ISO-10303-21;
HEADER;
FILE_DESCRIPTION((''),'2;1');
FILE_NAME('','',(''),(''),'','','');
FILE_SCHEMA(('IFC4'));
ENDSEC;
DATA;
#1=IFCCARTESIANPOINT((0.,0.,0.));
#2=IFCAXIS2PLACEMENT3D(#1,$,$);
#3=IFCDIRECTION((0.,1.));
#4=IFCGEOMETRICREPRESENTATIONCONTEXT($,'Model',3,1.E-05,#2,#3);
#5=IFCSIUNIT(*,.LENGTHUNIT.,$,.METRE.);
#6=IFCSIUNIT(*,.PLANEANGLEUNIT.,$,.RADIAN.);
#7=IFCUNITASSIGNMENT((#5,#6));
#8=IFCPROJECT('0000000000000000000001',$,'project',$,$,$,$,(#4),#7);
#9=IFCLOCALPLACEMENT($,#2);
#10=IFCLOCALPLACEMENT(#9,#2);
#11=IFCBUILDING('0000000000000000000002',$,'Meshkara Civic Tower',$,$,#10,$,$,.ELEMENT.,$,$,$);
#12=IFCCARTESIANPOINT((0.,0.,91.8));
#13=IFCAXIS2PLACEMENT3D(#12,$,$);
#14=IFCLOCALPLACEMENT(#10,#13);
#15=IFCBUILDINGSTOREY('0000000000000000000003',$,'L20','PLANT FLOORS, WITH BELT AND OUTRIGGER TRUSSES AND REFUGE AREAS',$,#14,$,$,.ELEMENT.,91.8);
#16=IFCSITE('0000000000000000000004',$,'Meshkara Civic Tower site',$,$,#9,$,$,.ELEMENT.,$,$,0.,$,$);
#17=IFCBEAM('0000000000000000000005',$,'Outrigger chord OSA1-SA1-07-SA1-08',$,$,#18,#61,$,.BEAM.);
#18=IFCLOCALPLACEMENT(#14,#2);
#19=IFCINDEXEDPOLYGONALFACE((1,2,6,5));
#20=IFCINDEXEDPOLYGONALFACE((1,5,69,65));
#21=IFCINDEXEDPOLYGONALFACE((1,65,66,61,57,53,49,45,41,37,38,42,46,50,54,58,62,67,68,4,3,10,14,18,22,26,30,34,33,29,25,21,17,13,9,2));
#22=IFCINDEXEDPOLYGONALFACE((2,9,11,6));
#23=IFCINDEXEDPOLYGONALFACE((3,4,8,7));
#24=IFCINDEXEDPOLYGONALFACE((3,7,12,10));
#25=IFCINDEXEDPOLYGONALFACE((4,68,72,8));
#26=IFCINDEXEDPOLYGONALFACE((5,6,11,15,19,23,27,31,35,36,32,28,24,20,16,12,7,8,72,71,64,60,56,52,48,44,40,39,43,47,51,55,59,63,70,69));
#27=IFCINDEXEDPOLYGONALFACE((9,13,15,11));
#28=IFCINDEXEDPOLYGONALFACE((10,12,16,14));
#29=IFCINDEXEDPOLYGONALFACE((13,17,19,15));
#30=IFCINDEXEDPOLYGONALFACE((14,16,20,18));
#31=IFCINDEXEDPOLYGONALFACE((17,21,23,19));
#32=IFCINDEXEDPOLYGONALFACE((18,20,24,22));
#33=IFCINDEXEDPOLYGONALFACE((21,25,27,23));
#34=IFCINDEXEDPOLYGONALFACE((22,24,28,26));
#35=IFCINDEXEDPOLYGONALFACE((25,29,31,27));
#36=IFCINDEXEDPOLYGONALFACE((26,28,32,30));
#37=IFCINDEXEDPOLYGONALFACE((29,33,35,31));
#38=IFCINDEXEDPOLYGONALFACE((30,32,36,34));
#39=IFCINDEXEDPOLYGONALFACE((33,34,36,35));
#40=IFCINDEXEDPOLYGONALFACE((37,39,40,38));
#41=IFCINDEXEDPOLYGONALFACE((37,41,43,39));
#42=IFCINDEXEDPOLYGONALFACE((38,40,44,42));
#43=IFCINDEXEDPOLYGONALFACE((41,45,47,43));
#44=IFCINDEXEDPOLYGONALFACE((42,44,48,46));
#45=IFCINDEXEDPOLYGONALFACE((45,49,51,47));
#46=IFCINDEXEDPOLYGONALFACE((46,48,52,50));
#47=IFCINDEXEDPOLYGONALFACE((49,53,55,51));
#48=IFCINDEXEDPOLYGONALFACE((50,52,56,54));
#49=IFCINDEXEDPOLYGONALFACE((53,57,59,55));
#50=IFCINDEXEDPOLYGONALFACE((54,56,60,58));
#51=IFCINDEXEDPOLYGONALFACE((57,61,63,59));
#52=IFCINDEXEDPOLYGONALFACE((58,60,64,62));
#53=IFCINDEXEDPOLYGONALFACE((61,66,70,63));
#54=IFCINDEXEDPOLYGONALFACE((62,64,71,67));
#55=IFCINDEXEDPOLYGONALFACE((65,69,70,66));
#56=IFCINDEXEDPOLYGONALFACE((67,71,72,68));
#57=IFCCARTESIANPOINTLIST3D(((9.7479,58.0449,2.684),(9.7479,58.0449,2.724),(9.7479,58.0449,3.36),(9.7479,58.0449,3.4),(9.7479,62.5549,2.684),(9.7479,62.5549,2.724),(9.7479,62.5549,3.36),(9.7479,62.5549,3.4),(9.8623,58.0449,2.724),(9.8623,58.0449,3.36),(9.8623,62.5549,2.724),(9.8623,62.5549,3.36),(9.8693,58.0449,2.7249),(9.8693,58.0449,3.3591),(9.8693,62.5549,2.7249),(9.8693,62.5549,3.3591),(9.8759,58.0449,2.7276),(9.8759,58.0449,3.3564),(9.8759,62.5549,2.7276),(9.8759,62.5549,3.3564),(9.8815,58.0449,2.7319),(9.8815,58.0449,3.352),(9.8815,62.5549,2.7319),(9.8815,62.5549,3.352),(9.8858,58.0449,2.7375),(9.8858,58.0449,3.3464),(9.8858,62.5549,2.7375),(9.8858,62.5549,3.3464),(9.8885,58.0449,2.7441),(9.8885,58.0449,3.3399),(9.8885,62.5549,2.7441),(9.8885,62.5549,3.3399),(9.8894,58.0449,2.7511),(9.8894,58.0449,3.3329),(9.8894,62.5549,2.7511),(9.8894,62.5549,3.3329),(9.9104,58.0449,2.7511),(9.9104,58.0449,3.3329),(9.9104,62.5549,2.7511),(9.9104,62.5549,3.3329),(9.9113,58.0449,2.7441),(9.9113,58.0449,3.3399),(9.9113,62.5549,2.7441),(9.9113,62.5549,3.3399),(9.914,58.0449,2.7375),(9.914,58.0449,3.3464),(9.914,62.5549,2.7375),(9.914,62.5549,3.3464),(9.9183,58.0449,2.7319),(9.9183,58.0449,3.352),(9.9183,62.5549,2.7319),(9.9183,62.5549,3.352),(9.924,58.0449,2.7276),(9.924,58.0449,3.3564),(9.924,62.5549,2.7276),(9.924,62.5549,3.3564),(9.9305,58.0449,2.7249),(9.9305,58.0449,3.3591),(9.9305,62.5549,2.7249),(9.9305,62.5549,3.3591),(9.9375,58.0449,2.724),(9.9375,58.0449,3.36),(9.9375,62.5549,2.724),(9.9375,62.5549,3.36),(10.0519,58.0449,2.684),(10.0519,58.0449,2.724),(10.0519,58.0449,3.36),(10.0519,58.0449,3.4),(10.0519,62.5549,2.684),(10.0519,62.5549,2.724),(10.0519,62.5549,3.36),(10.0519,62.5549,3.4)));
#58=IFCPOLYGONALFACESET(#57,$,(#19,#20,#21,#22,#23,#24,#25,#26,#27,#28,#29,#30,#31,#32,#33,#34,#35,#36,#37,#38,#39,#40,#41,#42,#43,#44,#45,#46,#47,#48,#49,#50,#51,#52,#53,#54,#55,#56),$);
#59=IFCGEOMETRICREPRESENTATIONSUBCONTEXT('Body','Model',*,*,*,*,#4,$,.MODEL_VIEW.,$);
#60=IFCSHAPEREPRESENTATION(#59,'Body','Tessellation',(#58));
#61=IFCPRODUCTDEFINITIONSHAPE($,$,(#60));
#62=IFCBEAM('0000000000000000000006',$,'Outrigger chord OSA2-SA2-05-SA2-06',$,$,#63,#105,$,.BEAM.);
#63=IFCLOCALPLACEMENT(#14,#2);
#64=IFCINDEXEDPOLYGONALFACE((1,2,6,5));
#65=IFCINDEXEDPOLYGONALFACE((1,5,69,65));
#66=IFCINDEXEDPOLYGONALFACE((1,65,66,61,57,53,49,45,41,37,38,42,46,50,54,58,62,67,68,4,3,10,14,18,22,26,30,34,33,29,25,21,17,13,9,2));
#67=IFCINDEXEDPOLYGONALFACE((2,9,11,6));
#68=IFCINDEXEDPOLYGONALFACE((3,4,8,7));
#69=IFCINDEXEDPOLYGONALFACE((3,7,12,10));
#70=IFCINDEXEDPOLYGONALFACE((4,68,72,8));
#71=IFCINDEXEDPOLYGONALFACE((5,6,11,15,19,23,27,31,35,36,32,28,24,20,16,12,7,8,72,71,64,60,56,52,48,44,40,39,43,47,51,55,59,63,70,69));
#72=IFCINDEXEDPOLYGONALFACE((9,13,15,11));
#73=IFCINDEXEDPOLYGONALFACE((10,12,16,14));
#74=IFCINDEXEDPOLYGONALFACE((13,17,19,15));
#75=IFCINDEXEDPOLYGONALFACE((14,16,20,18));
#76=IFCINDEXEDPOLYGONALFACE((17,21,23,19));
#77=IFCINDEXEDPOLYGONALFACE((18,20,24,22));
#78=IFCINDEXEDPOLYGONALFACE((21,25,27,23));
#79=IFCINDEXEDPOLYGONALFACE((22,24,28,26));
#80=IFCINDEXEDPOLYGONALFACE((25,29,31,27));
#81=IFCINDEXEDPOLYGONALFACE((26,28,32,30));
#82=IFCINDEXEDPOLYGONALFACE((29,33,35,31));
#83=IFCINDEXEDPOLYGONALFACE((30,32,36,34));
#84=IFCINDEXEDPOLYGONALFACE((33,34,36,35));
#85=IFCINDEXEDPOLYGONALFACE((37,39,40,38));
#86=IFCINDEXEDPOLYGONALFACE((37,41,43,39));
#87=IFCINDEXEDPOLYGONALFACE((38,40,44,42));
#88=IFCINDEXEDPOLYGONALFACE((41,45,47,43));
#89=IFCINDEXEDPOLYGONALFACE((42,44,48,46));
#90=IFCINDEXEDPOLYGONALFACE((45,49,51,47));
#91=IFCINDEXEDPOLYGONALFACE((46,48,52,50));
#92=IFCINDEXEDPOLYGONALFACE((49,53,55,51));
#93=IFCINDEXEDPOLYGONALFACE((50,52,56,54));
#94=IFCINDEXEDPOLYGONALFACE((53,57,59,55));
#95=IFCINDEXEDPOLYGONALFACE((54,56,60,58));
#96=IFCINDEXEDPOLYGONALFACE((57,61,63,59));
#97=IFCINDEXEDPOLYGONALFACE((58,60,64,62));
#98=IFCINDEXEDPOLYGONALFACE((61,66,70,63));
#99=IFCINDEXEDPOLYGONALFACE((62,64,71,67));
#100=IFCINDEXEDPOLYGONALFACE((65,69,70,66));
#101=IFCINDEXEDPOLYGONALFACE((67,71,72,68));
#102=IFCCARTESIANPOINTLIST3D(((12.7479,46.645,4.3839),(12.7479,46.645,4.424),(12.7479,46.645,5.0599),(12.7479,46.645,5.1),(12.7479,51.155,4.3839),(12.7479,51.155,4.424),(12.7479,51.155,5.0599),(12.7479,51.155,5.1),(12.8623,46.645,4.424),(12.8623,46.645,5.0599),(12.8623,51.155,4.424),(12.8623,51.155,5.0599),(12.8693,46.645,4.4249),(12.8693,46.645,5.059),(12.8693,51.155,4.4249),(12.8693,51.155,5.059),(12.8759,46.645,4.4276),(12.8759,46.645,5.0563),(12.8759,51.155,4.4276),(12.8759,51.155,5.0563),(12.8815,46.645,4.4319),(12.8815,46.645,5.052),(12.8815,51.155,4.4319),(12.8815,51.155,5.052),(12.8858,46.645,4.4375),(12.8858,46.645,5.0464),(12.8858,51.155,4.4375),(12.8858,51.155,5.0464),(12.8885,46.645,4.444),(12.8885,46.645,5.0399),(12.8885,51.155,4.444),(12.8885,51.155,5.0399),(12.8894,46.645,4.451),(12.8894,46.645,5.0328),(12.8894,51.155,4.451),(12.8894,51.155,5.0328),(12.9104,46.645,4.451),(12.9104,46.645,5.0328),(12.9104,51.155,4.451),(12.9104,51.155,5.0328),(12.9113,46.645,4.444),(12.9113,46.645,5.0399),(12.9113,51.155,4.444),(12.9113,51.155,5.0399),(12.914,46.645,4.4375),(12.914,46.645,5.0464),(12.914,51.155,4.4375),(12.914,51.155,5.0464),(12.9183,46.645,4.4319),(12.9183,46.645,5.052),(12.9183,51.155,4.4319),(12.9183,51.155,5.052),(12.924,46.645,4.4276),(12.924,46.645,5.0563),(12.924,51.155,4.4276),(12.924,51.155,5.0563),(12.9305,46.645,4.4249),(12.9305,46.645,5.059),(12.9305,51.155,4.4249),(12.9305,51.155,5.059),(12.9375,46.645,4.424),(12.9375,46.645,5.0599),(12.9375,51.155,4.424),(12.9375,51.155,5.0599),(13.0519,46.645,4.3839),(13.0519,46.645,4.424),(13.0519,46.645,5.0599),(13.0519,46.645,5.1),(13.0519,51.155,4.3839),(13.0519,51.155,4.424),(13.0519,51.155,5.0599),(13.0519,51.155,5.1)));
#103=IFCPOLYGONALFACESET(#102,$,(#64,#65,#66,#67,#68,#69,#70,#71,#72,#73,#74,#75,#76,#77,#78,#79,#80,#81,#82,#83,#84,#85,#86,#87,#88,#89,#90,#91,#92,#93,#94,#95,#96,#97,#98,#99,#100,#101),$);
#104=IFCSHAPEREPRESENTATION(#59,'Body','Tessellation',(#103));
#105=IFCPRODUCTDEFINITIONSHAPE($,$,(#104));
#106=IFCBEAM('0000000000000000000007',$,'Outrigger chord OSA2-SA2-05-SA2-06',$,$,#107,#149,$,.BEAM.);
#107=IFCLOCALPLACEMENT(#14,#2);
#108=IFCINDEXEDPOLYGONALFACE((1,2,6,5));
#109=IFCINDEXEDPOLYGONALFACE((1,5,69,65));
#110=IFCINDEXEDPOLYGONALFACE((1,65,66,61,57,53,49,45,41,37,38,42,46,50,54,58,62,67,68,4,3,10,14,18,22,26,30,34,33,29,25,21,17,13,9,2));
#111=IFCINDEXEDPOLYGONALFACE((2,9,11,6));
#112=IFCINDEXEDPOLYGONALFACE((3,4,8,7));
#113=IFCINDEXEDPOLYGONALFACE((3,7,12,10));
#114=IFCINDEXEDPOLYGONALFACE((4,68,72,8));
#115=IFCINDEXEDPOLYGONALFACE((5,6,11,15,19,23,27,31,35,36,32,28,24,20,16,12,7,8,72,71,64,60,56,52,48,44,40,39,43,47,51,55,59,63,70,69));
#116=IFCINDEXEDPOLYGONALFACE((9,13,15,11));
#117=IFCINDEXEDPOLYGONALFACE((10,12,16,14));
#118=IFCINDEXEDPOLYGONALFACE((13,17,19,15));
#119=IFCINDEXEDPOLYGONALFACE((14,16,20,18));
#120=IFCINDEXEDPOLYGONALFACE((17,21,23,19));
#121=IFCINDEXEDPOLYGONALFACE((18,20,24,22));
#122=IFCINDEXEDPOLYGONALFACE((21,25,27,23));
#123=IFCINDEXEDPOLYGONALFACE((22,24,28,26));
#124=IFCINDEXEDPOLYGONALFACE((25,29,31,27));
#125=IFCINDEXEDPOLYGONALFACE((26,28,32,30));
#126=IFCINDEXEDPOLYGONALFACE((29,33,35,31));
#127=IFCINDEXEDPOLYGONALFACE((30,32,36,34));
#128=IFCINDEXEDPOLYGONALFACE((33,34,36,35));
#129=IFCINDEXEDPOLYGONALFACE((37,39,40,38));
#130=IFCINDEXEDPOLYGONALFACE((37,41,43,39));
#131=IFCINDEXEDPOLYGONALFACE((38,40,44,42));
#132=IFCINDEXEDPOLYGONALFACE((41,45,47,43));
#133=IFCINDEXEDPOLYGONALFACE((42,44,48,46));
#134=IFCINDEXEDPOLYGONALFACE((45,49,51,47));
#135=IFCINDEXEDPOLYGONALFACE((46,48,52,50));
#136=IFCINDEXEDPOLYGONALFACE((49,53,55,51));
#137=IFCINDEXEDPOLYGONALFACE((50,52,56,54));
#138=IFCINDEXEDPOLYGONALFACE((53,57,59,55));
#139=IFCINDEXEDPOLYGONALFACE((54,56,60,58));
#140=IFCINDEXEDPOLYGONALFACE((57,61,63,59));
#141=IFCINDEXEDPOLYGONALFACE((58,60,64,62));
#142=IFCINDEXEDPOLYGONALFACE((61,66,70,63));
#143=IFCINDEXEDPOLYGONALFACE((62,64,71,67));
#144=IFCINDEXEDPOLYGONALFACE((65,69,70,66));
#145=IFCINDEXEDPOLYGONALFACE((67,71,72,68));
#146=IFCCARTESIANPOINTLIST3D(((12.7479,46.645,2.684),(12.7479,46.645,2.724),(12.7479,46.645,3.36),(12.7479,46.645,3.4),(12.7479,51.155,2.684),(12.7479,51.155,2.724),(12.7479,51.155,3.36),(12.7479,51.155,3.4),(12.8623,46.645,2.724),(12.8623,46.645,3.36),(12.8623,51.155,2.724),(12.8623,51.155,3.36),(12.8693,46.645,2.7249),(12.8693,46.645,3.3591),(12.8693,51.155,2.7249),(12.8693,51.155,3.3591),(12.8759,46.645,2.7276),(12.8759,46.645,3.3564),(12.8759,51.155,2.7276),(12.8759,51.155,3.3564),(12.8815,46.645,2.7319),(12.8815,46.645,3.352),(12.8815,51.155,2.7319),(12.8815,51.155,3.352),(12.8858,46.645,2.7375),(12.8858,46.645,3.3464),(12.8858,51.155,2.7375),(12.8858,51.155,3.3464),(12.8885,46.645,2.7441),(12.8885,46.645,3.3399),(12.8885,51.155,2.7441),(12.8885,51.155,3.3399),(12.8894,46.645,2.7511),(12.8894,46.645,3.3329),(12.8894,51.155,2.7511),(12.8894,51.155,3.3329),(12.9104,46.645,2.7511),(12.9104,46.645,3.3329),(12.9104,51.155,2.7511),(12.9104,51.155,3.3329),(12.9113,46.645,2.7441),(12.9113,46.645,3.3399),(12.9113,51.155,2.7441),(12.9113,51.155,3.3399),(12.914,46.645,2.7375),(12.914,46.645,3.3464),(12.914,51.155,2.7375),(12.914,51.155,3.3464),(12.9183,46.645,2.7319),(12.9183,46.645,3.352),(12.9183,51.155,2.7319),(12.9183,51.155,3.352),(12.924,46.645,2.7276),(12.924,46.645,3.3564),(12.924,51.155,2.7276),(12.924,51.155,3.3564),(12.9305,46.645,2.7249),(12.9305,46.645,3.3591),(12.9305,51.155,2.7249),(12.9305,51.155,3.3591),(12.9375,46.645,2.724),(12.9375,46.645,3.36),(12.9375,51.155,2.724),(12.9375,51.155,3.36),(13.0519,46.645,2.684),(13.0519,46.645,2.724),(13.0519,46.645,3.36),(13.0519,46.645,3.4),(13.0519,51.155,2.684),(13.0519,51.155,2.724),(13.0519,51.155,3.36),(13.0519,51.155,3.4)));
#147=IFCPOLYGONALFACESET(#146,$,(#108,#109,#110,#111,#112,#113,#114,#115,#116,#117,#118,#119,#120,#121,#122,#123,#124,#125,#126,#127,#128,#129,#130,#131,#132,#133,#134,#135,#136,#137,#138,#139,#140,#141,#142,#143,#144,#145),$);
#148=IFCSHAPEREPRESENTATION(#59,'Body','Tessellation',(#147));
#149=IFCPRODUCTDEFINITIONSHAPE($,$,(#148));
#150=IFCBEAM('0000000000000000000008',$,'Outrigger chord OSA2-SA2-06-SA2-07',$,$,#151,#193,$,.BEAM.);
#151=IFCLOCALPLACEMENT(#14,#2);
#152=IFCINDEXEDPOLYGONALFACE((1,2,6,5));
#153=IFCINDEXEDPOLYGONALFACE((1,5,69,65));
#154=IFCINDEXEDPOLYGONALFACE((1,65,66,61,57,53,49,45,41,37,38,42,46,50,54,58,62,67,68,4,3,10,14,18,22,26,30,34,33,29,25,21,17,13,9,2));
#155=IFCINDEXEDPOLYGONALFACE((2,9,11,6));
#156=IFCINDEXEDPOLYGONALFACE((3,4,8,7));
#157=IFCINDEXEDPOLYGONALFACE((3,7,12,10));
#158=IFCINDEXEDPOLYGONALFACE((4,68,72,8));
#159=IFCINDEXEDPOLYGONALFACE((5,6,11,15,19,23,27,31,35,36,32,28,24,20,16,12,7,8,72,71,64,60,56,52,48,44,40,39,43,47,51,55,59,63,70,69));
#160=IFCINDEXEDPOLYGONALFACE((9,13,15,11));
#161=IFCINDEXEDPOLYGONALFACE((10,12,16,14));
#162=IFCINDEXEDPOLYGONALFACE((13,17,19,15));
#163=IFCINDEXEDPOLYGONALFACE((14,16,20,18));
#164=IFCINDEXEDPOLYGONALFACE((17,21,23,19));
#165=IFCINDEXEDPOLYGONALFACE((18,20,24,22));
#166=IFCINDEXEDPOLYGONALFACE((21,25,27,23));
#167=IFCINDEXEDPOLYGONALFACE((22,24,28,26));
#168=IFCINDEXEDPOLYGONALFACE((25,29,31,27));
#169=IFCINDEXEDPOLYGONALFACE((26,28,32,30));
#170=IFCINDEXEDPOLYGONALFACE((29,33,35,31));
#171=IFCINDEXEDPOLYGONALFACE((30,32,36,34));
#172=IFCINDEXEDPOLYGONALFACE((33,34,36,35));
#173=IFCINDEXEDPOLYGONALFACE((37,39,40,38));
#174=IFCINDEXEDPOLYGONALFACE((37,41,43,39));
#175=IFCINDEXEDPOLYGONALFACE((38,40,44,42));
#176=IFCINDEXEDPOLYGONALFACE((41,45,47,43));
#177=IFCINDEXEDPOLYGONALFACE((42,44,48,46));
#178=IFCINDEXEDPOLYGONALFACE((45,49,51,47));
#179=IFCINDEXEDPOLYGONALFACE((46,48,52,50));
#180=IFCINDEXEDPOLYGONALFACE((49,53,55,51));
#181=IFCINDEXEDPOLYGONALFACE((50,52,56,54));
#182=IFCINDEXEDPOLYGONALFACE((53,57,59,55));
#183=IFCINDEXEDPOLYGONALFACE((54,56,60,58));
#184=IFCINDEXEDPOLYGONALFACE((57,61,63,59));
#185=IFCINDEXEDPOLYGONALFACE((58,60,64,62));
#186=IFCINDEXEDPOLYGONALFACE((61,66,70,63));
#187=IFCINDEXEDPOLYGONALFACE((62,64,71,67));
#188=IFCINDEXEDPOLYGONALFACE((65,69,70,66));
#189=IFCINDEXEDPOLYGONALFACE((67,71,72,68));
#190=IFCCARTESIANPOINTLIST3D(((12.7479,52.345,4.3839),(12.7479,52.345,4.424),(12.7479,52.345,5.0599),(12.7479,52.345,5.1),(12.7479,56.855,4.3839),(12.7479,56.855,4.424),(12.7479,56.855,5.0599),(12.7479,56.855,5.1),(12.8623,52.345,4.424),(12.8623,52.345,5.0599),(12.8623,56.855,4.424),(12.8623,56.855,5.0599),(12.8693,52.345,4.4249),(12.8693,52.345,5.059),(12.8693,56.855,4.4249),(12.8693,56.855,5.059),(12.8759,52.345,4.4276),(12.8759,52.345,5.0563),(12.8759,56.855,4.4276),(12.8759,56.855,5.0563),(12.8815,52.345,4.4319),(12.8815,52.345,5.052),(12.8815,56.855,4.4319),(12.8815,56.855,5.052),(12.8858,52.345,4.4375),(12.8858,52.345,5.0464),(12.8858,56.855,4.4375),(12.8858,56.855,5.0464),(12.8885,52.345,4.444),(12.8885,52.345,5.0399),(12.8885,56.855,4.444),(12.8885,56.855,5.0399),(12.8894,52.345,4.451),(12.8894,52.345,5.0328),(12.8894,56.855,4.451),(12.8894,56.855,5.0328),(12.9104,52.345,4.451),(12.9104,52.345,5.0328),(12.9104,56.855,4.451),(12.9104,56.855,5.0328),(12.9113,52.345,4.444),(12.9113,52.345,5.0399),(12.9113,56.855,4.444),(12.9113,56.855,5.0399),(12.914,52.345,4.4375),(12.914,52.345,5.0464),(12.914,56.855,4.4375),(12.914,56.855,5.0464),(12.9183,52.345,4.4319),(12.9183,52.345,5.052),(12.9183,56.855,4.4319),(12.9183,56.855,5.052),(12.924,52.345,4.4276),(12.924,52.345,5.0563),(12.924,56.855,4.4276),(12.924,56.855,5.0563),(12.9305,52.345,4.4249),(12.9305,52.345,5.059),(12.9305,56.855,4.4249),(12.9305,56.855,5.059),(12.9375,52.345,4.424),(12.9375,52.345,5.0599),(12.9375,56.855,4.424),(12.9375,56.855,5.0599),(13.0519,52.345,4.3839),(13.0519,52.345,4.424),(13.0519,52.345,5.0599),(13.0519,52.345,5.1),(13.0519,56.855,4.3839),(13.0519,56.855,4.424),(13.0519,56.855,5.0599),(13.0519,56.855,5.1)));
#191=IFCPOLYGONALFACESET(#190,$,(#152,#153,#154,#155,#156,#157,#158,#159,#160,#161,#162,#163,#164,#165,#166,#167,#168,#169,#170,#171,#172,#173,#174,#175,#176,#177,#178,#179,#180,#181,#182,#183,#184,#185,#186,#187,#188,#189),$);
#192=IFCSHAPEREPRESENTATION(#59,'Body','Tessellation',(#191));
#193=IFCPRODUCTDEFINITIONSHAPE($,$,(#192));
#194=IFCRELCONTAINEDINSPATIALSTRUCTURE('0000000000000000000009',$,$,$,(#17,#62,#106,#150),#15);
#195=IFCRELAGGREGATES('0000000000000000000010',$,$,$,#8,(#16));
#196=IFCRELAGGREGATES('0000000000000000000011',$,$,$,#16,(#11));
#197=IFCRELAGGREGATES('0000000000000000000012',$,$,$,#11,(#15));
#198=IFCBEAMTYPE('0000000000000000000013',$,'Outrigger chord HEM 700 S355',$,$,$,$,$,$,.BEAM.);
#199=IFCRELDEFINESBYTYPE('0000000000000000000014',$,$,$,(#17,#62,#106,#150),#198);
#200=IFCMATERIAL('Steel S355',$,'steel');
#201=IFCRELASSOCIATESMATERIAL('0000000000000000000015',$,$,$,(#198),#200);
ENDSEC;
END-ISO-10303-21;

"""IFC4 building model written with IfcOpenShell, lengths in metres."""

from ifc_helpers import new_model, si_unit, direction, frame, origin, origin_2d, place, context, subcontext, project, spatial, i_section, extrude, material, material_profile, profile_set, type_object, element, save


model = new_model("IFC4")

# Units and contexts
model_context = context("Model", 3, precision=1e-05, world=origin(), true_north=direction((0.0, 1.0)))
body_context = subcontext(model_context, "Body", "Model", "MODEL_VIEW")
ifc_project = project(units=[si_unit("LENGTHUNIT", "METRE"), si_unit("PLANEANGLEUNIT", "RADIAN")], contexts=[model_context])

# Site, building, storey
site_placement = place(None, origin())
site = spatial("IfcSite", under=ifc_project, at=site_placement, Name="Meshkara Civic Tower site", CompositionType="ELEMENT", RefElevation=0.0)
building_placement = place(site_placement, origin())
building = spatial("IfcBuilding", under=site, at=building_placement, Name="Meshkara Civic Tower", CompositionType="ELEMENT")
storey_placement = place(building_placement, frame((0.0, 0.0, 91.8)))
storey = spatial("IfcBuildingStorey", under=building, at=storey_placement, Name="L20", Description="PLANT FLOORS, WITH BELT AND OUTRIGGER TRUSSES AND REFUGE AREAS", CompositionType="ELEMENT", Elevation=91.8)

# Beams
ifc_material_1 = material(Name="Steel S355", Category="steel")
ifc_material_profile_1 = material_profile(ifc_material_1, i_section(OverallWidth=0.304, OverallDepth=0.7161, WebThickness=0.021, FlangeThickness=0.04, FilletRadius=0.0271, at=origin_2d()))
ifc_profile_set_1 = profile_set([ifc_material_profile_1], Name="Steel S355")
beam_type_1 = type_object("IfcBeamType", Name="Outrigger chord HEM 700 S355", PredefinedType="BEAM", material=ifc_profile_set_1)
for number, where, z_axis, x_axis, name in (
    (1, (9.8999, 58.0449, 3.042), (0.0, 1.0, 0.0), (-1.0, 0.0, 0.0), "Outrigger chord OSA1-SA1-07-SA1-08"),
    (2, (12.8999, 46.645, 4.7419), (0.0, 1.0, 0.0), (-1.0, 0.0, 0.0), "Outrigger chord OSA2-SA2-05-SA2-06"),
    (3, (12.8999, 46.645, 3.042), (0.0, 1.0, 0.0), (-1.0, 0.0, 0.0), "Outrigger chord OSA2-SA2-05-SA2-06"),
    (4, (12.8999, 52.345, 4.7419), (0.0, 1.0, 0.0), (-1.0, 0.0, 0.0), "Outrigger chord OSA2-SA2-06-SA2-07"),
):
    element("IfcBeam", number, at=place(storey_placement, frame(where, z_axis=z_axis, x_axis=x_axis)), inside=storey, type_object=beam_type_1, Name=name, PredefinedType="BEAM", context=body_context, shape_type="SweptSolid", body=[
        extrude(i_section(OverallWidth=0.304, OverallDepth=0.7161, WebThickness=0.021, FlangeThickness=0.04, FilletRadius=0.0271, at=origin_2d()), origin(), (0.0, 0.0, 1.0), 4.51),
    ])

save(model, "model.ifc")
